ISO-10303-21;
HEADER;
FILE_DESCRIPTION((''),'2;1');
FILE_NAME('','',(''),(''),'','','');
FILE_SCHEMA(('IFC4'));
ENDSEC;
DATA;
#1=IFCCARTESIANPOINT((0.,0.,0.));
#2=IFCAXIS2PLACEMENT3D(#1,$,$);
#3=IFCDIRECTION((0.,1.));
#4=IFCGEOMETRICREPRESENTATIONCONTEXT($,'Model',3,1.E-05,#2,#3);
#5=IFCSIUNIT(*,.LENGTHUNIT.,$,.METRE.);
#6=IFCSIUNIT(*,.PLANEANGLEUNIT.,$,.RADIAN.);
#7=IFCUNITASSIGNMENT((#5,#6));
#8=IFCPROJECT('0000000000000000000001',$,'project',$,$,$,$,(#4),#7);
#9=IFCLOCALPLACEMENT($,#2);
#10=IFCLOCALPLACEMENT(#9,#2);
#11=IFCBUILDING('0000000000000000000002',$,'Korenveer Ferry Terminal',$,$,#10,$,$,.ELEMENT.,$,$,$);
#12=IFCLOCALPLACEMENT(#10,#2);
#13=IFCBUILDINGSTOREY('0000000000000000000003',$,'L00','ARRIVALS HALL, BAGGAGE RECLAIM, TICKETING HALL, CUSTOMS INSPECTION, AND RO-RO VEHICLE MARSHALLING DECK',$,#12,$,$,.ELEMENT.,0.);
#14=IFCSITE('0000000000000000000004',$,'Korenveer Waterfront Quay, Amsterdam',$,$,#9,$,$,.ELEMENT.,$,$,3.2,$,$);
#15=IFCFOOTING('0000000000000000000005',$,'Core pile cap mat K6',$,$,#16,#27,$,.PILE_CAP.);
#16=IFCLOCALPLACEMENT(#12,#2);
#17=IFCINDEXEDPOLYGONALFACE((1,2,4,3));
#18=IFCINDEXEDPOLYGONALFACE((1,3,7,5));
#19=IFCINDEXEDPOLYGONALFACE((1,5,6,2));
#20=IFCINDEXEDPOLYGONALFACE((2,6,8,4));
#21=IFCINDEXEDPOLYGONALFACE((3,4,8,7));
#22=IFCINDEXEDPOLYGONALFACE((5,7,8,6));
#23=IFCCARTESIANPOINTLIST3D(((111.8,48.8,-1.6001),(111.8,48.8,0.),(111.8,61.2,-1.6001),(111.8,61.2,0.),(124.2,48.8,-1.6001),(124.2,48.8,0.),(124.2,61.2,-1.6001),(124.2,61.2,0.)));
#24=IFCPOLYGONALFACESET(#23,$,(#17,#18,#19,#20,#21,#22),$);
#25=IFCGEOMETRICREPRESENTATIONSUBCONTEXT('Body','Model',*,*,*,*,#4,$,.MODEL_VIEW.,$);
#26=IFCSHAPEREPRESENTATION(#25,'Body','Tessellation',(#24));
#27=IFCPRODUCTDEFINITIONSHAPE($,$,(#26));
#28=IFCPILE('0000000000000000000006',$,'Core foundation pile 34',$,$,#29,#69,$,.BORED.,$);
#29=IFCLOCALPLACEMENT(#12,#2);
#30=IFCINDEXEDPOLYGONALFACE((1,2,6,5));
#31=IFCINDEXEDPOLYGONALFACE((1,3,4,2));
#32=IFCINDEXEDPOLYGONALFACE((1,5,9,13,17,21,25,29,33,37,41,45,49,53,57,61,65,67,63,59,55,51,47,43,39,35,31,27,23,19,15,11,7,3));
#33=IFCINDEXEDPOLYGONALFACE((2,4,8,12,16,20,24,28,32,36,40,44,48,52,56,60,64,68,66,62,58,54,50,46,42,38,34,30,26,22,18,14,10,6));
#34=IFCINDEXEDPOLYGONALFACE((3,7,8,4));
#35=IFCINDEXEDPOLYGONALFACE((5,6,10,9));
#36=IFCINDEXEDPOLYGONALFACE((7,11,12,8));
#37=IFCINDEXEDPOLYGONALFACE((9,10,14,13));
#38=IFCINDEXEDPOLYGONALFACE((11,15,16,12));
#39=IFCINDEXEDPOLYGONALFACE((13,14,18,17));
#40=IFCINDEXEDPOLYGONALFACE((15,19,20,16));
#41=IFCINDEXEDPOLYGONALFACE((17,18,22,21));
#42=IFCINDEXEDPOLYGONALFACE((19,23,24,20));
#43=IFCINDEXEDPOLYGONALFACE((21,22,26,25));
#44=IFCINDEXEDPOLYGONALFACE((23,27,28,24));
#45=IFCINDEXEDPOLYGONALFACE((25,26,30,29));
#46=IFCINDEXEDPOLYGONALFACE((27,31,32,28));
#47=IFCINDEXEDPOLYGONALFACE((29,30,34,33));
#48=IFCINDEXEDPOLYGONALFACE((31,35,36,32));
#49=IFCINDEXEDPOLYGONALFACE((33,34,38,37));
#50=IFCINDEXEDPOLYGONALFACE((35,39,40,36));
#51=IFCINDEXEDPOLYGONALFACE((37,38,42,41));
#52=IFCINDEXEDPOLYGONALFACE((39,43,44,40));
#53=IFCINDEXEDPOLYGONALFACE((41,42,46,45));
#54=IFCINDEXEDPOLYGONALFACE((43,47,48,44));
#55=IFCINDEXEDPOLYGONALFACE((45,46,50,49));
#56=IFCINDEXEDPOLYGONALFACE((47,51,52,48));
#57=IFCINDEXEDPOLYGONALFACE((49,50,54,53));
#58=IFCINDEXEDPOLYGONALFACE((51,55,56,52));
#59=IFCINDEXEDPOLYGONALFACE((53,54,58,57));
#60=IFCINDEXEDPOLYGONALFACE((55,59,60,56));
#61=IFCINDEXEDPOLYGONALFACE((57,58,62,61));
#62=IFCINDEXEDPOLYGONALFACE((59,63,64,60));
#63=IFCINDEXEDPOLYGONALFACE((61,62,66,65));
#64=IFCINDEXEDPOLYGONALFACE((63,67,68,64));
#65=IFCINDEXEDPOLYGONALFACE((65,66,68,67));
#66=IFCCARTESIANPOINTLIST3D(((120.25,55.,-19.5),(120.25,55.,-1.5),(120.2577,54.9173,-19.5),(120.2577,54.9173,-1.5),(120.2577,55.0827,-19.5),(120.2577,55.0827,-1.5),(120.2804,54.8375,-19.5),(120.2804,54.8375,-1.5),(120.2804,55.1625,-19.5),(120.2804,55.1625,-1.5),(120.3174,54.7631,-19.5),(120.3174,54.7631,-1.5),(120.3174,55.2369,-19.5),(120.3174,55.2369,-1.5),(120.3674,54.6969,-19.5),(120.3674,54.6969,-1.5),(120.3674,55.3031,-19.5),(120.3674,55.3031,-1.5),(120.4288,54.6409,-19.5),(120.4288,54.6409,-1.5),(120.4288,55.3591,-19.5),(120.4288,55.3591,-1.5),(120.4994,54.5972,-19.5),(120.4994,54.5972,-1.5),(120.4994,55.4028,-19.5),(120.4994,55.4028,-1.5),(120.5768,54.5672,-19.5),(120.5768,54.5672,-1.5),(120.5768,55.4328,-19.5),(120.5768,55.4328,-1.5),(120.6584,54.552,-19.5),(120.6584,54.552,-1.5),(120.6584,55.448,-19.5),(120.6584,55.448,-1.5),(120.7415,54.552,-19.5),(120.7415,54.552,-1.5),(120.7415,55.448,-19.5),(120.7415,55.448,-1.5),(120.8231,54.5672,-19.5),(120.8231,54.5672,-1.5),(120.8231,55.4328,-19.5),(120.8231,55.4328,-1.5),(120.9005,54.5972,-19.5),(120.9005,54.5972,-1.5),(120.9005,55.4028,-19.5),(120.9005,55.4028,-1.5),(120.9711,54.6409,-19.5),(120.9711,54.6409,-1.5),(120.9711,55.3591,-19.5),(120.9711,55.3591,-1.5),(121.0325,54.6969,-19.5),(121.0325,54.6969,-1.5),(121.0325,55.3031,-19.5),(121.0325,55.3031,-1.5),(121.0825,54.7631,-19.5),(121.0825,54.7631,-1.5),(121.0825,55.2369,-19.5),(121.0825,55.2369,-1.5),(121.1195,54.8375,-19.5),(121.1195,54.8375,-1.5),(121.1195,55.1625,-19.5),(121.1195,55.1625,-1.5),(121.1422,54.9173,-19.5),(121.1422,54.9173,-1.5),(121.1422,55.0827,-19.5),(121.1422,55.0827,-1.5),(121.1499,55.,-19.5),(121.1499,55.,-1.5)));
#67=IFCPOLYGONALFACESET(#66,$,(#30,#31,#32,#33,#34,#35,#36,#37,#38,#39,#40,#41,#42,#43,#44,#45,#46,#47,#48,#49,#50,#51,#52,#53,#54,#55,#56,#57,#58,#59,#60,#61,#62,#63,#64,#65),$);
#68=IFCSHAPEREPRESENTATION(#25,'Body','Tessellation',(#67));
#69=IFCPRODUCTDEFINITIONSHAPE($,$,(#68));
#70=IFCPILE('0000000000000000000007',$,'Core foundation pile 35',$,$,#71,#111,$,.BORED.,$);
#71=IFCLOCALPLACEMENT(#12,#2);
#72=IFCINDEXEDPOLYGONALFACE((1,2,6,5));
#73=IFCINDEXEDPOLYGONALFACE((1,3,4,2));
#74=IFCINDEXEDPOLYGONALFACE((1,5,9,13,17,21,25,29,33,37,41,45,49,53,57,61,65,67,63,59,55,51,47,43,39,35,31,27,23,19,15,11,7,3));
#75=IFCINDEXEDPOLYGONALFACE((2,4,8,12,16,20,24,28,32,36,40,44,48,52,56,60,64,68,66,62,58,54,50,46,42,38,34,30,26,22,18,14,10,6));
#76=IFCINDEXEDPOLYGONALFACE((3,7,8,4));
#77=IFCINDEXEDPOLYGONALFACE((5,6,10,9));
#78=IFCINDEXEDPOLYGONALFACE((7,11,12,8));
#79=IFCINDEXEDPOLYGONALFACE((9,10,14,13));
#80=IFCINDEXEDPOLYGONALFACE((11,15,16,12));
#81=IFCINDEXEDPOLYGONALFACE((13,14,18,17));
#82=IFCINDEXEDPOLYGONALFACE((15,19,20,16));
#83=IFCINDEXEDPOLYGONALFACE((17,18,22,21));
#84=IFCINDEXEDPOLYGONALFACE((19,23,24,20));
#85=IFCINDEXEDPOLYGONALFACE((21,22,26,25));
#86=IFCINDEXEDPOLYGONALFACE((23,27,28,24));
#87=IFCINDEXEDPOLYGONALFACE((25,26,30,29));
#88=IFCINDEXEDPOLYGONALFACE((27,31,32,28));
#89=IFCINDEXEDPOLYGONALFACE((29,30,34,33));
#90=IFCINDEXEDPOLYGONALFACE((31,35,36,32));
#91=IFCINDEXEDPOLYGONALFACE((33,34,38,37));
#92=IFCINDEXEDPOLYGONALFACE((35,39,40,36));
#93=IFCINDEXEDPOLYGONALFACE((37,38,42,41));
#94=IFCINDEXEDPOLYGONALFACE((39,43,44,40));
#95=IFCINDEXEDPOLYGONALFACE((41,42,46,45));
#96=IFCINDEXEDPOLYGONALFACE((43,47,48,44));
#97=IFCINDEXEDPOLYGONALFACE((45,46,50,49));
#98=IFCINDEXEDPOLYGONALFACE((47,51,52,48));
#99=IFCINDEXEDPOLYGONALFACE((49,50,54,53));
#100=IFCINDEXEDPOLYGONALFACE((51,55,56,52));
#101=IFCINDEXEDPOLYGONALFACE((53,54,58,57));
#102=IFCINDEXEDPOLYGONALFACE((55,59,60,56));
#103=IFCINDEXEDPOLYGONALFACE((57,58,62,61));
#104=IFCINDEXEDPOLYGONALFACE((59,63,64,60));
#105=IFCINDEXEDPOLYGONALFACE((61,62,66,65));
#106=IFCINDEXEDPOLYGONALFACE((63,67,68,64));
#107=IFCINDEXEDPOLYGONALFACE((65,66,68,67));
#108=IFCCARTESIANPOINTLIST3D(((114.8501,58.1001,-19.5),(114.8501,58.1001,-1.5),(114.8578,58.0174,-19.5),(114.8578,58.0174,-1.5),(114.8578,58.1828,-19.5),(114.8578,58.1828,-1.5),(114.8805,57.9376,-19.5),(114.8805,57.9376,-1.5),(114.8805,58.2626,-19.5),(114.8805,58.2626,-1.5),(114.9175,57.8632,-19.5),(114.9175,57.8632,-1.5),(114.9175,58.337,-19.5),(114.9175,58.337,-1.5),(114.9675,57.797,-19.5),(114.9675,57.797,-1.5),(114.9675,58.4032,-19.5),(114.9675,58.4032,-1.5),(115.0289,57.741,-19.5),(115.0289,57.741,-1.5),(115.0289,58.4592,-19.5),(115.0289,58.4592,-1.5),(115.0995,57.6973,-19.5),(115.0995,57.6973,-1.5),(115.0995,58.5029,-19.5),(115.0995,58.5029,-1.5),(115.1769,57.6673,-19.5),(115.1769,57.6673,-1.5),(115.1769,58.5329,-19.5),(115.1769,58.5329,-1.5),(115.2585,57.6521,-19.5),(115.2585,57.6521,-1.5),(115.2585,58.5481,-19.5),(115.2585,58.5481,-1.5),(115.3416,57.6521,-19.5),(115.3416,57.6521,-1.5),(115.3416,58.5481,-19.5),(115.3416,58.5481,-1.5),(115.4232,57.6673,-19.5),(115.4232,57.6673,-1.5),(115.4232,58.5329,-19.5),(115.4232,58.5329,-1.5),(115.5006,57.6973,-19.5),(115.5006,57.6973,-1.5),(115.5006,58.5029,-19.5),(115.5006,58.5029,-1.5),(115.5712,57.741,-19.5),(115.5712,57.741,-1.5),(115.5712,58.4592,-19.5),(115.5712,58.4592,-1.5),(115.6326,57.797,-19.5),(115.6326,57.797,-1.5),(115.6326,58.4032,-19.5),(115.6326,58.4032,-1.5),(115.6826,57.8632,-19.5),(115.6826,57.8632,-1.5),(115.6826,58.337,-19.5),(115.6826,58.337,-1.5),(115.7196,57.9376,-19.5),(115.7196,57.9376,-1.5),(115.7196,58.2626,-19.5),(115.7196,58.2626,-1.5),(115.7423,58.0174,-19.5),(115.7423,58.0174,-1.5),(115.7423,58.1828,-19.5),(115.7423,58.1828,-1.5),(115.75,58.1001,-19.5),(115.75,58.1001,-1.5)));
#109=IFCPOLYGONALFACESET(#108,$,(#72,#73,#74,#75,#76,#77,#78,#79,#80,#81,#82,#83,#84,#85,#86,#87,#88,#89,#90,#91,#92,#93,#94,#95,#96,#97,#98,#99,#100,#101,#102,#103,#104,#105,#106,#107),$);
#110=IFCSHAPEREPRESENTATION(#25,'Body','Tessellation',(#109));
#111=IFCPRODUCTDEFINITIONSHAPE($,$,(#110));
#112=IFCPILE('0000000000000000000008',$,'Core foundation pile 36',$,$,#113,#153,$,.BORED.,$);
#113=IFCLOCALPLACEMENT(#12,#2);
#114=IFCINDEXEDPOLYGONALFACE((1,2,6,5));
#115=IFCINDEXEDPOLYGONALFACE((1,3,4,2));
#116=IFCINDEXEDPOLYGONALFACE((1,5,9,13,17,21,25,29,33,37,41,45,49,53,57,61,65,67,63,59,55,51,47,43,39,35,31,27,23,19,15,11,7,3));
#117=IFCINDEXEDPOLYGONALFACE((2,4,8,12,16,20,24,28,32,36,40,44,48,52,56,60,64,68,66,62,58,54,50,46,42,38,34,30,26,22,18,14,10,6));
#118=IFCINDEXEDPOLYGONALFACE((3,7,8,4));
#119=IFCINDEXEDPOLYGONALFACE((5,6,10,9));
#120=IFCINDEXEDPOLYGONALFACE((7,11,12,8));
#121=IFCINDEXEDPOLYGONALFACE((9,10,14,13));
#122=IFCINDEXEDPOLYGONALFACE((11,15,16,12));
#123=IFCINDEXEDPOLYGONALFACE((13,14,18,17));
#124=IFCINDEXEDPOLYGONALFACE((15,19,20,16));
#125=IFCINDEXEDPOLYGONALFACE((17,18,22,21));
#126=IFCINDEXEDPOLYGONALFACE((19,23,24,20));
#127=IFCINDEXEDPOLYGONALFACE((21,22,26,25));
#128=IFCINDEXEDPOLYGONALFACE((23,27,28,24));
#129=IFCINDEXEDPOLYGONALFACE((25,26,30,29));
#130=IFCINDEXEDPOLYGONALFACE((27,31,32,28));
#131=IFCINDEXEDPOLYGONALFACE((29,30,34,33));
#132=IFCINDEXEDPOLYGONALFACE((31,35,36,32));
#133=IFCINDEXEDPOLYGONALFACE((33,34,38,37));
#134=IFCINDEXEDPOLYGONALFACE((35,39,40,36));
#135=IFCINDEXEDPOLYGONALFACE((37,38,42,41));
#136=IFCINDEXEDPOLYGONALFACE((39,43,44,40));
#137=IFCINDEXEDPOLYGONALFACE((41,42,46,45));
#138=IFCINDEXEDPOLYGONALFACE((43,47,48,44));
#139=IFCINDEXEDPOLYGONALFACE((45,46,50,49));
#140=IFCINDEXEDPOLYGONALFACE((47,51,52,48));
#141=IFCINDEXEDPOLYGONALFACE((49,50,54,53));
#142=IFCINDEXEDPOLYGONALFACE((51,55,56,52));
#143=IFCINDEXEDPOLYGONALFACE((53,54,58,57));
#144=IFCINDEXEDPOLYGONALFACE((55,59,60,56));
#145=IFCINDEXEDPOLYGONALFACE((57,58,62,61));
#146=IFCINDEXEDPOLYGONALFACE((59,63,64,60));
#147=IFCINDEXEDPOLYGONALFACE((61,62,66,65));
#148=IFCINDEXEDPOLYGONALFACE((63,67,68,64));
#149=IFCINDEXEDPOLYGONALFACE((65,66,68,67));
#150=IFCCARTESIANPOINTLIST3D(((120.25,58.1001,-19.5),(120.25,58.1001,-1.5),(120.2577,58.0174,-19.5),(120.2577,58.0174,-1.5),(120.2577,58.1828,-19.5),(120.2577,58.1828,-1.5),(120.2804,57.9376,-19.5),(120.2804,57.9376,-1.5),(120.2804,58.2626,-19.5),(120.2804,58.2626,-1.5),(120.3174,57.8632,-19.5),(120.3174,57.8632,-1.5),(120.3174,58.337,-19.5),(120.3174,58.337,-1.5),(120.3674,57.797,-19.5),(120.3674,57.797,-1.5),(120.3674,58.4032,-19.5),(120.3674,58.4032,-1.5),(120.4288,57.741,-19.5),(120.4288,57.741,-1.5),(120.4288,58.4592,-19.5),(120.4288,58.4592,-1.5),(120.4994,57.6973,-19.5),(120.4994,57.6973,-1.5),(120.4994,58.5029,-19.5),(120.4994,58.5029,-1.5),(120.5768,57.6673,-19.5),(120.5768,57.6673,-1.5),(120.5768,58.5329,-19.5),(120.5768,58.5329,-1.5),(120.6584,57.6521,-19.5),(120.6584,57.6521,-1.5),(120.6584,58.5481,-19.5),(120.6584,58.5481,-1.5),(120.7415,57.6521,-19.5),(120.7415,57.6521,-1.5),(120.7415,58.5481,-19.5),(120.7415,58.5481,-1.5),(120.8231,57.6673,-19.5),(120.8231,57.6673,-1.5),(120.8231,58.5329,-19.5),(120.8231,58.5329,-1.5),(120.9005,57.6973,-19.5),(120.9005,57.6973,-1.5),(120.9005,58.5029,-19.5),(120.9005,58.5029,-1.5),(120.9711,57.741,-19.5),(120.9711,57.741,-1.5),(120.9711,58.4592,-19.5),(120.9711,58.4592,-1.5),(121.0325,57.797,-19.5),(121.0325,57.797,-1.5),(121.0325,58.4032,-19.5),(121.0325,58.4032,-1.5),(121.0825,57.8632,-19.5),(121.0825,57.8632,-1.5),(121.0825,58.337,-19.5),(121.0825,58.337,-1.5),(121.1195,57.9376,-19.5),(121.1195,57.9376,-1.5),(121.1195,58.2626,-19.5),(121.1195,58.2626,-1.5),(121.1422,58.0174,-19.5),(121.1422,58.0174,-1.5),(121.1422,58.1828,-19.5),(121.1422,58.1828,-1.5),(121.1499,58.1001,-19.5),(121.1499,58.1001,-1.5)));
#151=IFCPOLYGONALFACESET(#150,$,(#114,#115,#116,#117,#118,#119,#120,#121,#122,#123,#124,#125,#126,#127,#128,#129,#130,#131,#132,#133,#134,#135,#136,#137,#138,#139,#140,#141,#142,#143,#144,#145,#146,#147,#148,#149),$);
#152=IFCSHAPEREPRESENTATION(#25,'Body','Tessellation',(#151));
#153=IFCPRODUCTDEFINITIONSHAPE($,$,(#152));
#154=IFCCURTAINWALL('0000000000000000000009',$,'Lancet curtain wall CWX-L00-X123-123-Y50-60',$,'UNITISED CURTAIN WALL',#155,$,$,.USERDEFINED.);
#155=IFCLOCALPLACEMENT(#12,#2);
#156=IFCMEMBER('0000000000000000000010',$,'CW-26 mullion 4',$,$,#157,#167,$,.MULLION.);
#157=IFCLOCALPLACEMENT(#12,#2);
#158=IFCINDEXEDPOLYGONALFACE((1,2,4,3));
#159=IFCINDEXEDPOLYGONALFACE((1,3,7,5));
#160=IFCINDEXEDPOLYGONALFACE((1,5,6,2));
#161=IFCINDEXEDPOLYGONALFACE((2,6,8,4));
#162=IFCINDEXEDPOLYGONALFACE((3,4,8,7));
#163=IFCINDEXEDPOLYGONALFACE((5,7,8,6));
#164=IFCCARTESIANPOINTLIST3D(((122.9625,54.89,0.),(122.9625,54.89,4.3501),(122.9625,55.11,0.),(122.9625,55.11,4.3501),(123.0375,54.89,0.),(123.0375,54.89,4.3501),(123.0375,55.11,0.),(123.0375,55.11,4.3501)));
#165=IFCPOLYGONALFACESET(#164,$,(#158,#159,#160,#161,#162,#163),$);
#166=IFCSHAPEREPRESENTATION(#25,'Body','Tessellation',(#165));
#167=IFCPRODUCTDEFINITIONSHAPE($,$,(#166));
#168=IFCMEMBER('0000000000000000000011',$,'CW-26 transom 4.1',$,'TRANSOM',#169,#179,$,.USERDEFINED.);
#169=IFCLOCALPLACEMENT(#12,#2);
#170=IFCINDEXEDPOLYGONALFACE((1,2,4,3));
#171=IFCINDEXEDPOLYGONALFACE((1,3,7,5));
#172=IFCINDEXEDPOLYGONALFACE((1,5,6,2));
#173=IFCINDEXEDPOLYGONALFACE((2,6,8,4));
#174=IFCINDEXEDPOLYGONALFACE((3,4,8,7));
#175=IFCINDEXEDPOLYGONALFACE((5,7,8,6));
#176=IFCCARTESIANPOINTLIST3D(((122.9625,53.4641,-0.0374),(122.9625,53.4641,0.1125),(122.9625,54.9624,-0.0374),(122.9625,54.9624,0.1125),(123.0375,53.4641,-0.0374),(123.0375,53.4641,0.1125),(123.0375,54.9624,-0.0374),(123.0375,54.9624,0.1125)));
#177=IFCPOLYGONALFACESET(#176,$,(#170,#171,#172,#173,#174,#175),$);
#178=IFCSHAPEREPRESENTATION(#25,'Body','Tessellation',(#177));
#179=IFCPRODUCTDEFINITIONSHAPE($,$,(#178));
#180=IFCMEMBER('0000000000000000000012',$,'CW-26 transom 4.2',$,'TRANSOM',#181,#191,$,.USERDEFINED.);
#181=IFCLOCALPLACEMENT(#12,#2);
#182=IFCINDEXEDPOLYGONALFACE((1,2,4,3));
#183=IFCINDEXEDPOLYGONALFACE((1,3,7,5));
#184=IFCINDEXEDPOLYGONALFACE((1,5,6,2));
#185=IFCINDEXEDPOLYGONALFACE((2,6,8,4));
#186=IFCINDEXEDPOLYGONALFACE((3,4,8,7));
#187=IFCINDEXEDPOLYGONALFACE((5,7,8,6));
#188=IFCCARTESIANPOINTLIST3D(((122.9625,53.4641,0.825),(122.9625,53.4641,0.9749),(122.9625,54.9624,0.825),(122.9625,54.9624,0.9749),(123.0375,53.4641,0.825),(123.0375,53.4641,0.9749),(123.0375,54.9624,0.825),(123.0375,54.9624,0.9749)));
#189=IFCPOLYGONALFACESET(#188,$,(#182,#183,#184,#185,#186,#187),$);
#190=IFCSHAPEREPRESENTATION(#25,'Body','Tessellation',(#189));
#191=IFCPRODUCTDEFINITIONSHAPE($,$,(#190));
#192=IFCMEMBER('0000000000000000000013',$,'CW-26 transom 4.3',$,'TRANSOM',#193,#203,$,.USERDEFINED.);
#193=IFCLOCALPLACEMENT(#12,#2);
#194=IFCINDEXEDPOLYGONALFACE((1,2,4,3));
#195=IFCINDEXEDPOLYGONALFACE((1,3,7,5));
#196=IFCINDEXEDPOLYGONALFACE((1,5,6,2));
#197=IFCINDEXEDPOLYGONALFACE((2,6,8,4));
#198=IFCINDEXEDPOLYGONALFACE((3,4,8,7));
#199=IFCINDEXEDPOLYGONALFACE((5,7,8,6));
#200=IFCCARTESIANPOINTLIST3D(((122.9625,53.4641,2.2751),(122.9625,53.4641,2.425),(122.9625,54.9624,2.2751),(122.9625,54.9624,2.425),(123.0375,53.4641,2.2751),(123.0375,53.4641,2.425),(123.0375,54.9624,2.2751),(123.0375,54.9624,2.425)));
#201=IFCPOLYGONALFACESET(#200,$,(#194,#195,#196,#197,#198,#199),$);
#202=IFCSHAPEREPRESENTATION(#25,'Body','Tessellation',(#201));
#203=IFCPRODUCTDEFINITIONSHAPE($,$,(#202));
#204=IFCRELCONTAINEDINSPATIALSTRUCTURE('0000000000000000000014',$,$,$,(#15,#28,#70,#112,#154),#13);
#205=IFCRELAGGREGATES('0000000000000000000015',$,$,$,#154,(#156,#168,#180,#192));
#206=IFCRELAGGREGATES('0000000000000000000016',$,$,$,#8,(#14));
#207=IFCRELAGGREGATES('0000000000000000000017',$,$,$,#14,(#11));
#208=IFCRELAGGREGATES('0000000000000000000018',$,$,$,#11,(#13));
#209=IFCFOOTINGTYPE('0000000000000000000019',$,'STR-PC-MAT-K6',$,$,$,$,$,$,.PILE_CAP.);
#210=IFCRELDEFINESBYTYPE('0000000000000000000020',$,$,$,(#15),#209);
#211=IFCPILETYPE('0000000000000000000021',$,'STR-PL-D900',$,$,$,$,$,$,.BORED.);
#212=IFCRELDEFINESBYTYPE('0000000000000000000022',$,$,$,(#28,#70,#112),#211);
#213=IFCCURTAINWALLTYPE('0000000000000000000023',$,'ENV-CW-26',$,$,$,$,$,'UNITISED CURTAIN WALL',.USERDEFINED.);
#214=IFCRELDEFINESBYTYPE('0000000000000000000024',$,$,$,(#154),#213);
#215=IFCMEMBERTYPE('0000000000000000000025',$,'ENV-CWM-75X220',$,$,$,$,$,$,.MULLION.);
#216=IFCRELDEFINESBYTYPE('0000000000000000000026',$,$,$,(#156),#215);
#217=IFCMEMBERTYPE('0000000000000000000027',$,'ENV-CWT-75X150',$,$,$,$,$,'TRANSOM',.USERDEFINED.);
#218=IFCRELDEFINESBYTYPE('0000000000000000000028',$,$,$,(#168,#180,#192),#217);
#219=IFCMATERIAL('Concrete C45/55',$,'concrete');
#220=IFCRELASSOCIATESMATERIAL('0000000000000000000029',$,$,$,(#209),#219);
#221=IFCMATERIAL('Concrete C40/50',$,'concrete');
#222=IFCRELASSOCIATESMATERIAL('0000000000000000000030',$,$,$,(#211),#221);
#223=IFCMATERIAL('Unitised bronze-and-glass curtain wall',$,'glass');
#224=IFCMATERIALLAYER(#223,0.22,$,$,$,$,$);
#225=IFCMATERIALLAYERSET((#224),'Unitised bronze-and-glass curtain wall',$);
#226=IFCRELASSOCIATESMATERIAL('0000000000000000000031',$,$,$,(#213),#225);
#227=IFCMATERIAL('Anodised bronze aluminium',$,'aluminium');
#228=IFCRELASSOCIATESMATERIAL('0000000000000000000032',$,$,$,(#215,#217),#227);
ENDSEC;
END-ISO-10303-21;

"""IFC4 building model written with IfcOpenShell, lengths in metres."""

from ifc_helpers import new_model, si_unit, direction, frame, origin, origin_2d, place, context, subcontext, project, spatial, rectangle, circle, extrude, material, layer, layer_set, material_profile, profile_set, type_object, element, aggregate, save


model = new_model("IFC4")

# Units and contexts
model_context = context("Model", 3, precision=1e-05, world=origin(), true_north=direction((0.0, 1.0)))
body_context = subcontext(model_context, "Body", "Model", "MODEL_VIEW")
ifc_project = project(units=[si_unit("LENGTHUNIT", "METRE"), si_unit("PLANEANGLEUNIT", "RADIAN")], contexts=[model_context])

# Site, building, storey
site_placement = place(None, origin())
site = spatial("IfcSite", under=ifc_project, at=site_placement, Name="Korenveer Waterfront Quay, Amsterdam", CompositionType="ELEMENT", RefElevation=3.2)
building_placement = place(site_placement, origin())
building = spatial("IfcBuilding", under=site, at=building_placement, Name="Korenveer Ferry Terminal", CompositionType="ELEMENT")
storey_placement = place(building_placement, origin())
storey = spatial("IfcBuildingStorey", under=building, at=storey_placement, Name="L00", Description="ARRIVALS HALL, BAGGAGE RECLAIM, TICKETING HALL, CUSTOMS INSPECTION, AND RO-RO VEHICLE MARSHALLING DECK", CompositionType="ELEMENT", Elevation=0.0)

# Footing
ifc_material_1 = material(Name="Concrete C45/55", Category="concrete")
footing_type = type_object("IfcFootingType", Name="STR-PC-MAT-K6", PredefinedType="PILE_CAP", material=ifc_material_1)
footing_placement = place(storey_placement, frame((118.0, 55.0, -1.6001), z_axis=(0.0, 0.0, 1.0), x_axis=(1.0, 0.0, 0.0)))
element("IfcFooting", 1, at=footing_placement, inside=storey, type_object=footing_type, Name="Core pile cap mat K6", PredefinedType="PILE_CAP", context=body_context, shape_type="SweptSolid", body=[
    extrude(rectangle(XDim=12.3999, YDim=12.3999, at=origin_2d()), origin(), (0.0, 0.0, 1.0), 1.6001),
])

# Piles
ifc_material_2 = material(Name="Concrete C40/50", Category="concrete")
ifc_material_profile_1 = material_profile(ifc_material_2, circle(Radius=0.45, at=origin_2d()), Name="PILE D900")
ifc_profile_set_1 = profile_set([ifc_material_profile_1], Name="Concrete C40/50")
pile_type = type_object("IfcPileType", Name="STR-PL-D900", PredefinedType="BORED", material=ifc_profile_set_1)
for number, where, z_axis, x_axis, name in (
    (2, (120.7, 55.0, -1.5), (0.0, 0.0, -1.0), (1.0, 0.0, 0.0), "Core foundation pile 34"),
    (3, (115.3, 58.1001, -1.5), (0.0, 0.0, -1.0), (1.0, 0.0, 0.0), "Core foundation pile 35"),
    (4, (120.7, 58.1001, -1.5), (0.0, 0.0, -1.0), (1.0, 0.0, 0.0), "Core foundation pile 36"),
):
    element("IfcPile", number, at=place(storey_placement, frame(where, z_axis=z_axis, x_axis=x_axis)), inside=storey, type_object=pile_type, Name=name, PredefinedType="BORED", context=body_context, shape_type="SweptSolid", body=[
        extrude(circle(Radius=0.45, at=origin_2d()), origin(), (0.0, 0.0, 1.0), 18.0),
    ])

# Curtain wall, members
ifc_material_3 = material(Name="Unitised bronze-and-glass curtain wall", Category="glass")
ifc_layer_1 = layer(ifc_material_3, 0.22)
ifc_layer_set_1 = layer_set([ifc_layer_1], Name="Unitised bronze-and-glass curtain wall")
curtain_wall_type = type_object("IfcCurtainWallType", Name="ENV-CW-26", ElementType="UNITISED CURTAIN WALL", PredefinedType="USERDEFINED", material=ifc_layer_set_1)
curtain_wall_placement = place(storey_placement, frame((123.0, 59.72, 0.0)))
curtain_wall = element("IfcCurtainWall", 5, at=curtain_wall_placement, inside=storey, type_object=curtain_wall_type, Name="Lancet curtain wall CWX-L00-X123-123-Y50-60", ObjectType="UNITISED CURTAIN WALL", PredefinedType="USERDEFINED")
ifc_material_4 = material(Name="Anodised bronze aluminium", Category="aluminium")
ifc_material_profile_2 = material_profile(ifc_material_4, rectangle(XDim=0.075, YDim=0.22, at=origin_2d()), Name="ALU 75x220")
ifc_profile_set_2 = profile_set([ifc_material_profile_2], Name="Anodised bronze aluminium")
member_type_1 = type_object("IfcMemberType", Name="ENV-CWM-75X220", PredefinedType="MULLION", material=ifc_profile_set_2)
member_1_placement = place(storey_placement, frame((123.0, 55.0, 0.0), z_axis=(0.0, 0.0, 1.0), x_axis=(1.0, 0.0, 0.0)))
member_1 = element("IfcMember", 6, at=member_1_placement, type_object=member_type_1, Name="CW-26 mullion 4", PredefinedType="MULLION", context=body_context, shape_type="SweptSolid", body=[
    extrude(rectangle(XDim=0.075, YDim=0.22, at=origin_2d()), origin(), (0.0, 0.0, 1.0), 4.3501),
])
ifc_material_profile_3 = material_profile(ifc_material_4, rectangle(XDim=0.075, YDim=0.1499, at=origin_2d()), Name="ALU 75x150")
ifc_profile_set_3 = profile_set([ifc_material_profile_3], Name="Anodised bronze aluminium")
member_type_2 = type_object("IfcMemberType", Name="ENV-CWT-75X150", ElementType="TRANSOM", PredefinedType="USERDEFINED", material=ifc_profile_set_3)
member_2_placement = place(storey_placement, frame((123.0, 54.9624, 0.0376), z_axis=(0.0, -1.0, 0.0), x_axis=(1.0, 0.0, 0.0)))
member_2 = element("IfcMember", 7, at=member_2_placement, type_object=member_type_2, Name="CW-26 transom 4.1", ObjectType="TRANSOM", PredefinedType="USERDEFINED", context=body_context, shape_type="SweptSolid", body=[
    extrude(rectangle(XDim=0.075, YDim=0.1499, at=origin_2d()), origin(), (0.0, 0.0, 1.0), 1.4983),
])
member_3_placement = place(storey_placement, frame((123.0, 54.9624, 0.8999), z_axis=(0.0, -1.0, 0.0), x_axis=(1.0, 0.0, 0.0)))
member_3 = element("IfcMember", 8, at=member_3_placement, type_object=member_type_2, Name="CW-26 transom 4.2", ObjectType="TRANSOM", PredefinedType="USERDEFINED", context=body_context, shape_type="SweptSolid", body=[
    extrude(rectangle(XDim=0.075, YDim=0.1499, at=origin_2d()), origin(), (0.0, 0.0, 1.0), 1.4983),
])
member_4_placement = place(storey_placement, frame((123.0, 54.9624, 2.3501), z_axis=(0.0, -1.0, 0.0), x_axis=(1.0, 0.0, 0.0)))
member_4 = element("IfcMember", 9, at=member_4_placement, type_object=member_type_2, Name="CW-26 transom 4.3", ObjectType="TRANSOM", PredefinedType="USERDEFINED", context=body_context, shape_type="SweptSolid", body=[
    extrude(rectangle(XDim=0.075, YDim=0.1499, at=origin_2d()), origin(), (0.0, 0.0, 1.0), 1.4983),
])

aggregate(curtain_wall, [member_1, member_2, member_3, member_4])

save(model, "model.ifc")
